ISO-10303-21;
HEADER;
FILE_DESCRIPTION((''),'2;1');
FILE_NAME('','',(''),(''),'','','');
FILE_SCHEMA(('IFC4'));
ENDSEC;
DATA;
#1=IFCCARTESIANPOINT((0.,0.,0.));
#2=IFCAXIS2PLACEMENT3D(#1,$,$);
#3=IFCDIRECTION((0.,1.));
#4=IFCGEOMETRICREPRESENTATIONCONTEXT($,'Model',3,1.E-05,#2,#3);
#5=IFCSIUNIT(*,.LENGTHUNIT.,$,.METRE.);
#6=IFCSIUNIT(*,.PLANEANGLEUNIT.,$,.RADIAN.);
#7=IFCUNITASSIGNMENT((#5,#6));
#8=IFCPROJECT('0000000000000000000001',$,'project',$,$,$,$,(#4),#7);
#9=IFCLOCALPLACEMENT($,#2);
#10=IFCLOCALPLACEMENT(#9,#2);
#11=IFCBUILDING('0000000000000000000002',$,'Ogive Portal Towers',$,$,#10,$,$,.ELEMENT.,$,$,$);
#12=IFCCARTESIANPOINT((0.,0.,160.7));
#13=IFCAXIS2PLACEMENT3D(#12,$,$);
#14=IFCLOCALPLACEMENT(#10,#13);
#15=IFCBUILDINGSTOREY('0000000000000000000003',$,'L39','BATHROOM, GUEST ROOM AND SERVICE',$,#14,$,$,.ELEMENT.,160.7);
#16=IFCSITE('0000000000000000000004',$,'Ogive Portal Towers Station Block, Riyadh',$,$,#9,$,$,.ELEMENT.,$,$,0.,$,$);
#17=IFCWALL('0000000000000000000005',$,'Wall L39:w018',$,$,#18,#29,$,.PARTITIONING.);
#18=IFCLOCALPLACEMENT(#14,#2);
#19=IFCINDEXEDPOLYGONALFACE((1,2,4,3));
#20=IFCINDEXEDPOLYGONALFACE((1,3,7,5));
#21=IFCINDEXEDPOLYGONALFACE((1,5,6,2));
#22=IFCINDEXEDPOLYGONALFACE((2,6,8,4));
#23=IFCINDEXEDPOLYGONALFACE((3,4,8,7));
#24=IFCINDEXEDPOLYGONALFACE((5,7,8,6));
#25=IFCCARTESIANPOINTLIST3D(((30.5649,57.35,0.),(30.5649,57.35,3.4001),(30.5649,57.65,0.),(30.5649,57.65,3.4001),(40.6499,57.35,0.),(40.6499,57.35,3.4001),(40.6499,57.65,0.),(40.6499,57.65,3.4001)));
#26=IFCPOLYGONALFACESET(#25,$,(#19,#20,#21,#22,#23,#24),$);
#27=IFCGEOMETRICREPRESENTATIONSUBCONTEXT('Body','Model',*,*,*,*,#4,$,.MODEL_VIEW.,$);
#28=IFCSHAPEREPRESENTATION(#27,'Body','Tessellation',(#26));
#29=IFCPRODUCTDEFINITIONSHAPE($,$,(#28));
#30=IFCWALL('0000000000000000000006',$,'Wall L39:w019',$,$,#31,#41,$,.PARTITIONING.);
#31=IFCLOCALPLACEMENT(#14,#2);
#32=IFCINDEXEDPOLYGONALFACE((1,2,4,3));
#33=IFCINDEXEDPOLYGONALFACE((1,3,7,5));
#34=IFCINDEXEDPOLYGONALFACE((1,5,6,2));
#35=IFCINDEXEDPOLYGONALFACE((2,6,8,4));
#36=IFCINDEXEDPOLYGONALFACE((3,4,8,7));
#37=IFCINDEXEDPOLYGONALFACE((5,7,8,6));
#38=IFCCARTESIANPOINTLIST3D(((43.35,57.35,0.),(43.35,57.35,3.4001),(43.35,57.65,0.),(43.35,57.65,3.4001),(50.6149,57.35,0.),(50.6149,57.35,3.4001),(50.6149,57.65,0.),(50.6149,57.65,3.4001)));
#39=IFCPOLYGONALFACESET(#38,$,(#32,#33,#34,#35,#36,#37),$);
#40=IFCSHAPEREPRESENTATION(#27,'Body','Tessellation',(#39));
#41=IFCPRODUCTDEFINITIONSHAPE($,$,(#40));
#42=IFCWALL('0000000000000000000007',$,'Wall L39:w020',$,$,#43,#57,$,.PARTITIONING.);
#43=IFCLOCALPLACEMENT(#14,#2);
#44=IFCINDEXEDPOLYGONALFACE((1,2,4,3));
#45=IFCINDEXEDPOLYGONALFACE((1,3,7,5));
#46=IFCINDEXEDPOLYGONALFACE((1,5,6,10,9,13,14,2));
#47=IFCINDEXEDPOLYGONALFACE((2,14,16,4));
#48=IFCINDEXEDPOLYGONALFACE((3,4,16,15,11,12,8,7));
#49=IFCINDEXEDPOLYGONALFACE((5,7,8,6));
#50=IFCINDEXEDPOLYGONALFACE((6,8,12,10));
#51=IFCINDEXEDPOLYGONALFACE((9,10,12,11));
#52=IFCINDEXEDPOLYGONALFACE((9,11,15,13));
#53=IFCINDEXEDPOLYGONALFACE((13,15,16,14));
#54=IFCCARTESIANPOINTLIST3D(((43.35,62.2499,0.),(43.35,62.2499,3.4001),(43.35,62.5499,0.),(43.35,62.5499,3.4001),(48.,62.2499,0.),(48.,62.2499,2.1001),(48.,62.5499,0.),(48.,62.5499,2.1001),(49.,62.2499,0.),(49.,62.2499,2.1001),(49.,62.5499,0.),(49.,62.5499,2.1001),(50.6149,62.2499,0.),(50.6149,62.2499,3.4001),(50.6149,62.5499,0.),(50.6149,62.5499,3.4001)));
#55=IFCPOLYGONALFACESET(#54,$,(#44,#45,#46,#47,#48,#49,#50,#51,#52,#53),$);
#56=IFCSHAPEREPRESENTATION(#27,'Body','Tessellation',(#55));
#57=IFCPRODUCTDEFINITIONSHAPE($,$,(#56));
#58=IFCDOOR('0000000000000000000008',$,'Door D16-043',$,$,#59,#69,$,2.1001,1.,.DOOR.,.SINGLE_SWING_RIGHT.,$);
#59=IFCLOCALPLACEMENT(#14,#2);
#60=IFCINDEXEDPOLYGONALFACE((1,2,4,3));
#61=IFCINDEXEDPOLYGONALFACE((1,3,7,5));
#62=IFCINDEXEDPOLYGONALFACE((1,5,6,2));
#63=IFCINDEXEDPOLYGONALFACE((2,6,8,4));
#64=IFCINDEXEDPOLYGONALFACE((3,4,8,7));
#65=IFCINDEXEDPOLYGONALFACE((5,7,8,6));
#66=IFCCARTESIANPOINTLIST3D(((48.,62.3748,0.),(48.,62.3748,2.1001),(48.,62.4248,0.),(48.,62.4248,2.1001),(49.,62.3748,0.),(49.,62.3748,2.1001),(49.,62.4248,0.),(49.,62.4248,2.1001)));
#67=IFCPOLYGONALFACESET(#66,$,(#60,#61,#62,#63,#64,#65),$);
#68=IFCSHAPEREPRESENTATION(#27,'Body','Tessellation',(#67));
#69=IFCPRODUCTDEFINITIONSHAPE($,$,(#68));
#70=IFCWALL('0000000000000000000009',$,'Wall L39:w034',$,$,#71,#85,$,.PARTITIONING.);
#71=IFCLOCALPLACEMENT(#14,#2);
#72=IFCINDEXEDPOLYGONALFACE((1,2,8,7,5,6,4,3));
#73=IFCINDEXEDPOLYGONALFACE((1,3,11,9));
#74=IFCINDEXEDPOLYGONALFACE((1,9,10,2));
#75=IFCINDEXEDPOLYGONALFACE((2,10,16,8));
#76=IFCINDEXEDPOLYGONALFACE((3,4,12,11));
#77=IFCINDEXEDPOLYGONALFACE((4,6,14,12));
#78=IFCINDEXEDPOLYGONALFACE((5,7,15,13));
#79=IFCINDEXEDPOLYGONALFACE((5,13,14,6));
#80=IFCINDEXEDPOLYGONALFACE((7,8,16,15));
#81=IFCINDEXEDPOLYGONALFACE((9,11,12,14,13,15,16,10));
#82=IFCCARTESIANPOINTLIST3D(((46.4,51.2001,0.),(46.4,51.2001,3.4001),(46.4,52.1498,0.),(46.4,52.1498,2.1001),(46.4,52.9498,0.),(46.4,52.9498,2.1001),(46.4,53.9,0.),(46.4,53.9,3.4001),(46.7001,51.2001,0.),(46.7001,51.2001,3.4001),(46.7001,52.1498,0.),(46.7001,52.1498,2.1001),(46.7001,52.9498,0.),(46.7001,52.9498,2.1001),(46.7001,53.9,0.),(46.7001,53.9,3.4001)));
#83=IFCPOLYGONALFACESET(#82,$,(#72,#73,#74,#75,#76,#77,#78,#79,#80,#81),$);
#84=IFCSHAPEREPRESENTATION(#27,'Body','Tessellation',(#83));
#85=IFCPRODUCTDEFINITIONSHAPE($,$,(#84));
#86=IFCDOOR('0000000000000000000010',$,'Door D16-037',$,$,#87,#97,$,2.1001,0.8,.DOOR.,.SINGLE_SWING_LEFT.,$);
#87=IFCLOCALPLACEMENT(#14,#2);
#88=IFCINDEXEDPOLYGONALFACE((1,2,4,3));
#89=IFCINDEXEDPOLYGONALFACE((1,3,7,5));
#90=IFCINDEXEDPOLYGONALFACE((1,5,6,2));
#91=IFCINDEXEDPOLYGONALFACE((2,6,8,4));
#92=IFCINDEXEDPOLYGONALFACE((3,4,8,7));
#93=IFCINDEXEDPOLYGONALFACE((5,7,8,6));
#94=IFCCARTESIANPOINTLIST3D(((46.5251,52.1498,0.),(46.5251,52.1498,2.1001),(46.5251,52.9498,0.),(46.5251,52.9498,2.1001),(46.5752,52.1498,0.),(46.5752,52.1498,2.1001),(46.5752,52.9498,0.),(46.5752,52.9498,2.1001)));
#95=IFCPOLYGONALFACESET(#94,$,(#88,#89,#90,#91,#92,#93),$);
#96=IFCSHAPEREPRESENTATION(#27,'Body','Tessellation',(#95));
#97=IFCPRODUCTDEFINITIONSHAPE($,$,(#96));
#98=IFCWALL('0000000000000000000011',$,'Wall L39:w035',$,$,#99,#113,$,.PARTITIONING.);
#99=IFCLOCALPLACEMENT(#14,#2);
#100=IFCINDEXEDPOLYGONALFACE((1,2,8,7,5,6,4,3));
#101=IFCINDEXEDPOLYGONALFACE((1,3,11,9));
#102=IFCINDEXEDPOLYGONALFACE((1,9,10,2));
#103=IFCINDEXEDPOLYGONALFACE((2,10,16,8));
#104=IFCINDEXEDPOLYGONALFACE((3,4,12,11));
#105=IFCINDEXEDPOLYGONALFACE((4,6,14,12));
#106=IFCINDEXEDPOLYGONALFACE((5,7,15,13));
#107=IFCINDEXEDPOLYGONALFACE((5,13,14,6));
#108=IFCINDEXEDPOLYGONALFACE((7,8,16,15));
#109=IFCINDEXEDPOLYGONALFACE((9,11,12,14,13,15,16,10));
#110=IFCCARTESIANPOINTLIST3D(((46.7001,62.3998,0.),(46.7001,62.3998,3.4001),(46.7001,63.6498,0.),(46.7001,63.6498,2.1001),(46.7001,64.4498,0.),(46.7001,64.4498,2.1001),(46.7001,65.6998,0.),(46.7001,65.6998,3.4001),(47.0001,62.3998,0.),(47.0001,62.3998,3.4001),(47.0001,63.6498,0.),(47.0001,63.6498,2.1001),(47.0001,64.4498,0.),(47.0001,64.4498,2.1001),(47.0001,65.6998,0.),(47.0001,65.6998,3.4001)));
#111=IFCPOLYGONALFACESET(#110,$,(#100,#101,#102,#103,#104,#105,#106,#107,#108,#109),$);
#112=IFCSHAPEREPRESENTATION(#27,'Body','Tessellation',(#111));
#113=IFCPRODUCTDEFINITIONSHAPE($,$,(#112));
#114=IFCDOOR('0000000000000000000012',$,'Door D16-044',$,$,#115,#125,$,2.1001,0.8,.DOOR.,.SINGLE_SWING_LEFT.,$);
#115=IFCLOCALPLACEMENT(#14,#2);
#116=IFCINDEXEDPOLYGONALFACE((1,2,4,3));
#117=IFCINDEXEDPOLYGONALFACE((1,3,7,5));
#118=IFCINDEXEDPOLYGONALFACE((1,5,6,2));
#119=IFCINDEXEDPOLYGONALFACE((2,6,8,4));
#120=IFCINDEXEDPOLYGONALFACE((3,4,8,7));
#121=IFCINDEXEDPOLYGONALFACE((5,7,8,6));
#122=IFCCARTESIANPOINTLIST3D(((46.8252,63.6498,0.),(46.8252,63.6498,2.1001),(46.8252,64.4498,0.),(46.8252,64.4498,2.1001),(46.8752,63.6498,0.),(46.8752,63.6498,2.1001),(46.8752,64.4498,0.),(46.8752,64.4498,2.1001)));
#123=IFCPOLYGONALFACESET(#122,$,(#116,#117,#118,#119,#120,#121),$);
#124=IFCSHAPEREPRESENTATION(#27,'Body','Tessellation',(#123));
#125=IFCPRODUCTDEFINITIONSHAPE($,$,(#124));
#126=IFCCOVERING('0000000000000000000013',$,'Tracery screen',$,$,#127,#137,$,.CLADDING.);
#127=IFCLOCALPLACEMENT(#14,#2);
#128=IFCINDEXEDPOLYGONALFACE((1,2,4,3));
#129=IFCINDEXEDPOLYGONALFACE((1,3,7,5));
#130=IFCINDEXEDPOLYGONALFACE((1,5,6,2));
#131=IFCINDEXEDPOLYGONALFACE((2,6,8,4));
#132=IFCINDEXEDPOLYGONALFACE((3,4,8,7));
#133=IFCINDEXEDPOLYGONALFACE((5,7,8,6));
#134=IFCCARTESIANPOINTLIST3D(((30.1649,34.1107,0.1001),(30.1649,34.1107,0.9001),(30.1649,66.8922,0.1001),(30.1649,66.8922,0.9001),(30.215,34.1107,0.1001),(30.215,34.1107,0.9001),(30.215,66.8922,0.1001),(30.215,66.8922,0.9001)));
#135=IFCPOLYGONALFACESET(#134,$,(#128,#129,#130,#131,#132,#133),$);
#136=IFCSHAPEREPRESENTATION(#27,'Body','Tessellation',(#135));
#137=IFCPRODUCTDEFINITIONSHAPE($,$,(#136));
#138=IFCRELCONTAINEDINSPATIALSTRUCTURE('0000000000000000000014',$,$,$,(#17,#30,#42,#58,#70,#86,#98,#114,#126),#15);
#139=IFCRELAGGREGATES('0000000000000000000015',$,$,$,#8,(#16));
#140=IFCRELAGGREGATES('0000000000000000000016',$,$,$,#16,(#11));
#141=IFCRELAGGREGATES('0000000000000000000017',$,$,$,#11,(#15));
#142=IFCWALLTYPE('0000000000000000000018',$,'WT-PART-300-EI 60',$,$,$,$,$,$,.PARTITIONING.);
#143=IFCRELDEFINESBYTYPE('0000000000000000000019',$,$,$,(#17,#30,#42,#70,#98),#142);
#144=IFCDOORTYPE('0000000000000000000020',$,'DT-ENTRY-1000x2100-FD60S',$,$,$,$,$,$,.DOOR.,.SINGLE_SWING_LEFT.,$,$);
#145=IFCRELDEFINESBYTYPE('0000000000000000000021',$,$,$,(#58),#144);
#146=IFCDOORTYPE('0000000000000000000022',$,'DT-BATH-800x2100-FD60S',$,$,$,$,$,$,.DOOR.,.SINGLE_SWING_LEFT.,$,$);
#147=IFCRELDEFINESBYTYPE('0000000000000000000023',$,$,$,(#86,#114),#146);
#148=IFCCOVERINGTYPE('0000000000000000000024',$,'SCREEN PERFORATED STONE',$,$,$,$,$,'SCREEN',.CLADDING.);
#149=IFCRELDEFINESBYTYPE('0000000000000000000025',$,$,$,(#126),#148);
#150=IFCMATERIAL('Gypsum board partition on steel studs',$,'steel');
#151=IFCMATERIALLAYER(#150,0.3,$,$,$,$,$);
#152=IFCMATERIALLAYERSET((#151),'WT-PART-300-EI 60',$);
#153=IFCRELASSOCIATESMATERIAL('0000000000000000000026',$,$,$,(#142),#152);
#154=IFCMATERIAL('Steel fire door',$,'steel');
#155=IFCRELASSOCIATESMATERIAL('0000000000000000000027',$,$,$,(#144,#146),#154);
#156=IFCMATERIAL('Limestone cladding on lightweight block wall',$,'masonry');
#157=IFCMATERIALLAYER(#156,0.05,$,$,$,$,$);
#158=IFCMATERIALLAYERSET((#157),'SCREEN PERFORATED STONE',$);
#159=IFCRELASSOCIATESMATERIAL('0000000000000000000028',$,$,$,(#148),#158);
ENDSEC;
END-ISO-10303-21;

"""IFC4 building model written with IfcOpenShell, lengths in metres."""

from ifc_helpers import new_model, si_unit, direction, frame, frame_2d, origin, origin_2d, place, context, subcontext, project, spatial, rectangle, extrude, material, layer, layer_set, type_object, element, fill, save


model = new_model("IFC4")

# Units and contexts
model_context = context("Model", 3, precision=1e-05, world=origin(), true_north=direction((0.0, 1.0)))
body_context = subcontext(model_context, "Body", "Model", "MODEL_VIEW")
ifc_project = project(units=[si_unit("LENGTHUNIT", "METRE"), si_unit("PLANEANGLEUNIT", "RADIAN")], contexts=[model_context])

# Site, building, storey
site_placement = place(None, origin())
site = spatial("IfcSite", under=ifc_project, at=site_placement, Name="Ogive Portal Towers Station Block, Riyadh", CompositionType="ELEMENT", RefElevation=0.0)
building_placement = place(site_placement, origin())
building = spatial("IfcBuilding", under=site, at=building_placement, Name="Ogive Portal Towers", CompositionType="ELEMENT")
storey_placement = place(building_placement, frame((0.0, 0.0, 160.7)))
storey = spatial("IfcBuildingStorey", under=building, at=storey_placement, Name="L39", Description="BATHROOM, GUEST ROOM AND SERVICE", CompositionType="ELEMENT", Elevation=160.7)

# Shared definitions
ifc_material_1 = material(Name="Steel fire door", Category="steel")

# Walls
ifc_material_2 = material(Name="Gypsum board partition on steel studs", Category="steel")
ifc_layer_1 = layer(ifc_material_2, 0.3)
ifc_layer_set_1 = layer_set([ifc_layer_1], Name="WT-PART-300-EI 60")
wall_type_1 = type_object("IfcWallType", Name="WT-PART-300-EI 60", PredefinedType="PARTITIONING", material=ifc_layer_set_1)
wall_1_placement = place(storey_placement, frame((30.5649, 57.5, 0.0), z_axis=(0.0, 0.0, 1.0), x_axis=(1.0, 0.0, 0.0)))
element("IfcWall", 1, at=wall_1_placement, inside=storey, type_object=wall_type_1, Name="Wall L39:w018", PredefinedType="PARTITIONING", context=body_context, shape_type="SweptSolid", body=[
    extrude(rectangle(XDim=10.085, YDim=0.3, at=frame_2d((5.0425, 0.0))), origin(), (0.0, 0.0, 1.0), 3.4001),
])
wall_2_placement = place(storey_placement, frame((43.3501, 57.5, 0.0), z_axis=(0.0, 0.0, 1.0), x_axis=(1.0, 0.0, 0.0)))
element("IfcWall", 2, at=wall_2_placement, inside=storey, type_object=wall_type_1, Name="Wall L39:w019", PredefinedType="PARTITIONING", context=body_context, shape_type="SweptSolid", body=[
    extrude(rectangle(XDim=7.2649, YDim=0.3, at=frame_2d((3.6323, 0.0))), origin(), (0.0, 0.0, 1.0), 3.4001),
])

# Walls, openings, doors
wall_3_placement = place(storey_placement, frame((43.3501, 62.3999, 0.0), z_axis=(0.0, 0.0, 1.0), x_axis=(1.0, 0.0, 0.0)))
wall_3 = element("IfcWall", 3, at=wall_3_placement, inside=storey, type_object=wall_type_1, Name="Wall L39:w020", PredefinedType="PARTITIONING", context=body_context, shape_type="SweptSolid", body=[
    extrude(rectangle(XDim=7.2649, YDim=0.3, at=frame_2d((3.6323, 0.0))), origin(), (0.0, 0.0, 1.0), 3.4001),
])
opening_1_placement = place(wall_3_placement, frame((4.6499, 0.0, 0.0)))
opening_1 = element("IfcOpeningElement", 4, at=opening_1_placement, cuts=wall_3, PredefinedType="OPENING", context=body_context, shape_type="SweptSolid", body=[
    extrude(rectangle(XDim=1.0, YDim=2.1001, at=frame_2d((0.5, 1.05))), frame((0.0, 0.1602, 0.0), z_axis=(0.0, -1.0, 0.0), x_axis=(1.0, 0.0, 0.0)), (0.0, 0.0, 1.0), 0.3201),
])
door_type_1 = type_object("IfcDoorType", Name="DT-ENTRY-1000x2100-FD60S", OperationType="SINGLE_SWING_LEFT", PredefinedType="DOOR", material=ifc_material_1)
door_1_placement = place(opening_1_placement, origin())
door_1 = element("IfcDoor", 5, at=door_1_placement, inside=storey, type_object=door_type_1, Name="Door D16-043", OperationType="SINGLE_SWING_RIGHT", OverallHeight=2.1001, OverallWidth=1.0, PredefinedType="DOOR", context=body_context, shape_type="SweptSolid", body=[
    extrude(rectangle(XDim=1.0, YDim=2.1001, at=frame_2d((0.5, 1.05))), frame((0.0, 0.0249, 0.0), z_axis=(0.0, -1.0, 0.0), x_axis=(1.0, 0.0, 0.0)), (0.0, 0.0, 1.0), 0.05),
])
fill(opening_1, door_1)
wall_4_placement = place(storey_placement, frame((46.55, 51.2, 0.0), z_axis=(0.0, 0.0, 1.0), x_axis=(0.0, 1.0, 0.0)))
wall_4 = element("IfcWall", 6, at=wall_4_placement, inside=storey, type_object=wall_type_1, Name="Wall L39:w034", PredefinedType="PARTITIONING", context=body_context, shape_type="SweptSolid", body=[
    extrude(rectangle(XDim=2.7, YDim=0.3, at=frame_2d((1.3501, 0.0))), origin(), (0.0, 0.0, 1.0), 3.4001),
])
opening_2_placement = place(wall_4_placement, frame((0.95, 0.0, 0.0)))
opening_2 = element("IfcOpeningElement", 7, at=opening_2_placement, cuts=wall_4, PredefinedType="OPENING", context=body_context, shape_type="SweptSolid", body=[
    extrude(rectangle(XDim=0.8, YDim=2.1001, at=frame_2d((0.3999, 1.05))), frame((0.0, 0.1602, 0.0), z_axis=(0.0, -1.0, 0.0), x_axis=(1.0, 0.0, 0.0)), (0.0, 0.0, 1.0), 0.3201),
])
door_type_2 = type_object("IfcDoorType", Name="DT-BATH-800x2100-FD60S", OperationType="SINGLE_SWING_LEFT", PredefinedType="DOOR", material=ifc_material_1)
door_2_placement = place(opening_2_placement, origin())
door_2 = element("IfcDoor", 8, at=door_2_placement, inside=storey, type_object=door_type_2, Name="Door D16-037", OperationType="SINGLE_SWING_LEFT", OverallHeight=2.1001, OverallWidth=0.8, PredefinedType="DOOR", context=body_context, shape_type="SweptSolid", body=[
    extrude(rectangle(XDim=0.8, YDim=2.1001, at=frame_2d((0.3999, 1.05))), frame((0.0, 0.0249, 0.0), z_axis=(0.0, -1.0, 0.0), x_axis=(1.0, 0.0, 0.0)), (0.0, 0.0, 1.0), 0.05),
])
fill(opening_2, door_2)
wall_5_placement = place(storey_placement, frame((46.8501, 62.3999, 0.0), z_axis=(0.0, 0.0, 1.0), x_axis=(0.0, 1.0, 0.0)))
wall_5 = element("IfcWall", 9, at=wall_5_placement, inside=storey, type_object=wall_type_1, Name="Wall L39:w035", PredefinedType="PARTITIONING", context=body_context, shape_type="SweptSolid", body=[
    extrude(rectangle(XDim=3.3, YDim=0.3, at=frame_2d((1.6499, 0.0))), origin(), (0.0, 0.0, 1.0), 3.4001),
])
opening_3_placement = place(wall_5_placement, frame((1.25, 0.0, 0.0)))
opening_3 = element("IfcOpeningElement", 10, at=opening_3_placement, cuts=wall_5, PredefinedType="OPENING", context=body_context, shape_type="SweptSolid", body=[
    extrude(rectangle(XDim=0.8, YDim=2.1001, at=frame_2d((0.3999, 1.05))), frame((0.0, 0.1602, 0.0), z_axis=(0.0, -1.0, 0.0), x_axis=(1.0, 0.0, 0.0)), (0.0, 0.0, 1.0), 0.3201),
])
door_3_placement = place(opening_3_placement, origin())
door_3 = element("IfcDoor", 11, at=door_3_placement, inside=storey, type_object=door_type_2, Name="Door D16-044", OperationType="SINGLE_SWING_LEFT", OverallHeight=2.1001, OverallWidth=0.8, PredefinedType="DOOR", context=body_context, shape_type="SweptSolid", body=[
    extrude(rectangle(XDim=0.8, YDim=2.1001, at=frame_2d((0.3999, 1.05))), frame((0.0, 0.0249, 0.0), z_axis=(0.0, -1.0, 0.0), x_axis=(1.0, 0.0, 0.0)), (0.0, 0.0, 1.0), 0.05),
])
fill(opening_3, door_3)

# Covering
ifc_material_3 = material(Name="Limestone cladding on lightweight block wall", Category="masonry")
ifc_layer_2 = layer(ifc_material_3, 0.05)
ifc_layer_set_2 = layer_set([ifc_layer_2], Name="SCREEN PERFORATED STONE")
covering_type = type_object("IfcCoveringType", Name="SCREEN PERFORATED STONE", ElementType="SCREEN", PredefinedType="CLADDING", material=ifc_layer_set_2)
covering_placement = place(storey_placement, frame((30.1899, 50.5015, 0.1001), z_axis=(0.0, 0.0, 1.0), x_axis=(0.0, -1.0, 0.0)))
element("IfcCovering", 12, at=covering_placement, inside=storey, type_object=covering_type, Name="Tracery screen", PredefinedType="CLADDING", context=body_context, shape_type="SweptSolid", body=[
    extrude(rectangle(XDim=32.7815, YDim=0.05, at=origin_2d()), origin(), (0.0, 0.0, 1.0), 0.8),
])

save(model, "model.ifc")
